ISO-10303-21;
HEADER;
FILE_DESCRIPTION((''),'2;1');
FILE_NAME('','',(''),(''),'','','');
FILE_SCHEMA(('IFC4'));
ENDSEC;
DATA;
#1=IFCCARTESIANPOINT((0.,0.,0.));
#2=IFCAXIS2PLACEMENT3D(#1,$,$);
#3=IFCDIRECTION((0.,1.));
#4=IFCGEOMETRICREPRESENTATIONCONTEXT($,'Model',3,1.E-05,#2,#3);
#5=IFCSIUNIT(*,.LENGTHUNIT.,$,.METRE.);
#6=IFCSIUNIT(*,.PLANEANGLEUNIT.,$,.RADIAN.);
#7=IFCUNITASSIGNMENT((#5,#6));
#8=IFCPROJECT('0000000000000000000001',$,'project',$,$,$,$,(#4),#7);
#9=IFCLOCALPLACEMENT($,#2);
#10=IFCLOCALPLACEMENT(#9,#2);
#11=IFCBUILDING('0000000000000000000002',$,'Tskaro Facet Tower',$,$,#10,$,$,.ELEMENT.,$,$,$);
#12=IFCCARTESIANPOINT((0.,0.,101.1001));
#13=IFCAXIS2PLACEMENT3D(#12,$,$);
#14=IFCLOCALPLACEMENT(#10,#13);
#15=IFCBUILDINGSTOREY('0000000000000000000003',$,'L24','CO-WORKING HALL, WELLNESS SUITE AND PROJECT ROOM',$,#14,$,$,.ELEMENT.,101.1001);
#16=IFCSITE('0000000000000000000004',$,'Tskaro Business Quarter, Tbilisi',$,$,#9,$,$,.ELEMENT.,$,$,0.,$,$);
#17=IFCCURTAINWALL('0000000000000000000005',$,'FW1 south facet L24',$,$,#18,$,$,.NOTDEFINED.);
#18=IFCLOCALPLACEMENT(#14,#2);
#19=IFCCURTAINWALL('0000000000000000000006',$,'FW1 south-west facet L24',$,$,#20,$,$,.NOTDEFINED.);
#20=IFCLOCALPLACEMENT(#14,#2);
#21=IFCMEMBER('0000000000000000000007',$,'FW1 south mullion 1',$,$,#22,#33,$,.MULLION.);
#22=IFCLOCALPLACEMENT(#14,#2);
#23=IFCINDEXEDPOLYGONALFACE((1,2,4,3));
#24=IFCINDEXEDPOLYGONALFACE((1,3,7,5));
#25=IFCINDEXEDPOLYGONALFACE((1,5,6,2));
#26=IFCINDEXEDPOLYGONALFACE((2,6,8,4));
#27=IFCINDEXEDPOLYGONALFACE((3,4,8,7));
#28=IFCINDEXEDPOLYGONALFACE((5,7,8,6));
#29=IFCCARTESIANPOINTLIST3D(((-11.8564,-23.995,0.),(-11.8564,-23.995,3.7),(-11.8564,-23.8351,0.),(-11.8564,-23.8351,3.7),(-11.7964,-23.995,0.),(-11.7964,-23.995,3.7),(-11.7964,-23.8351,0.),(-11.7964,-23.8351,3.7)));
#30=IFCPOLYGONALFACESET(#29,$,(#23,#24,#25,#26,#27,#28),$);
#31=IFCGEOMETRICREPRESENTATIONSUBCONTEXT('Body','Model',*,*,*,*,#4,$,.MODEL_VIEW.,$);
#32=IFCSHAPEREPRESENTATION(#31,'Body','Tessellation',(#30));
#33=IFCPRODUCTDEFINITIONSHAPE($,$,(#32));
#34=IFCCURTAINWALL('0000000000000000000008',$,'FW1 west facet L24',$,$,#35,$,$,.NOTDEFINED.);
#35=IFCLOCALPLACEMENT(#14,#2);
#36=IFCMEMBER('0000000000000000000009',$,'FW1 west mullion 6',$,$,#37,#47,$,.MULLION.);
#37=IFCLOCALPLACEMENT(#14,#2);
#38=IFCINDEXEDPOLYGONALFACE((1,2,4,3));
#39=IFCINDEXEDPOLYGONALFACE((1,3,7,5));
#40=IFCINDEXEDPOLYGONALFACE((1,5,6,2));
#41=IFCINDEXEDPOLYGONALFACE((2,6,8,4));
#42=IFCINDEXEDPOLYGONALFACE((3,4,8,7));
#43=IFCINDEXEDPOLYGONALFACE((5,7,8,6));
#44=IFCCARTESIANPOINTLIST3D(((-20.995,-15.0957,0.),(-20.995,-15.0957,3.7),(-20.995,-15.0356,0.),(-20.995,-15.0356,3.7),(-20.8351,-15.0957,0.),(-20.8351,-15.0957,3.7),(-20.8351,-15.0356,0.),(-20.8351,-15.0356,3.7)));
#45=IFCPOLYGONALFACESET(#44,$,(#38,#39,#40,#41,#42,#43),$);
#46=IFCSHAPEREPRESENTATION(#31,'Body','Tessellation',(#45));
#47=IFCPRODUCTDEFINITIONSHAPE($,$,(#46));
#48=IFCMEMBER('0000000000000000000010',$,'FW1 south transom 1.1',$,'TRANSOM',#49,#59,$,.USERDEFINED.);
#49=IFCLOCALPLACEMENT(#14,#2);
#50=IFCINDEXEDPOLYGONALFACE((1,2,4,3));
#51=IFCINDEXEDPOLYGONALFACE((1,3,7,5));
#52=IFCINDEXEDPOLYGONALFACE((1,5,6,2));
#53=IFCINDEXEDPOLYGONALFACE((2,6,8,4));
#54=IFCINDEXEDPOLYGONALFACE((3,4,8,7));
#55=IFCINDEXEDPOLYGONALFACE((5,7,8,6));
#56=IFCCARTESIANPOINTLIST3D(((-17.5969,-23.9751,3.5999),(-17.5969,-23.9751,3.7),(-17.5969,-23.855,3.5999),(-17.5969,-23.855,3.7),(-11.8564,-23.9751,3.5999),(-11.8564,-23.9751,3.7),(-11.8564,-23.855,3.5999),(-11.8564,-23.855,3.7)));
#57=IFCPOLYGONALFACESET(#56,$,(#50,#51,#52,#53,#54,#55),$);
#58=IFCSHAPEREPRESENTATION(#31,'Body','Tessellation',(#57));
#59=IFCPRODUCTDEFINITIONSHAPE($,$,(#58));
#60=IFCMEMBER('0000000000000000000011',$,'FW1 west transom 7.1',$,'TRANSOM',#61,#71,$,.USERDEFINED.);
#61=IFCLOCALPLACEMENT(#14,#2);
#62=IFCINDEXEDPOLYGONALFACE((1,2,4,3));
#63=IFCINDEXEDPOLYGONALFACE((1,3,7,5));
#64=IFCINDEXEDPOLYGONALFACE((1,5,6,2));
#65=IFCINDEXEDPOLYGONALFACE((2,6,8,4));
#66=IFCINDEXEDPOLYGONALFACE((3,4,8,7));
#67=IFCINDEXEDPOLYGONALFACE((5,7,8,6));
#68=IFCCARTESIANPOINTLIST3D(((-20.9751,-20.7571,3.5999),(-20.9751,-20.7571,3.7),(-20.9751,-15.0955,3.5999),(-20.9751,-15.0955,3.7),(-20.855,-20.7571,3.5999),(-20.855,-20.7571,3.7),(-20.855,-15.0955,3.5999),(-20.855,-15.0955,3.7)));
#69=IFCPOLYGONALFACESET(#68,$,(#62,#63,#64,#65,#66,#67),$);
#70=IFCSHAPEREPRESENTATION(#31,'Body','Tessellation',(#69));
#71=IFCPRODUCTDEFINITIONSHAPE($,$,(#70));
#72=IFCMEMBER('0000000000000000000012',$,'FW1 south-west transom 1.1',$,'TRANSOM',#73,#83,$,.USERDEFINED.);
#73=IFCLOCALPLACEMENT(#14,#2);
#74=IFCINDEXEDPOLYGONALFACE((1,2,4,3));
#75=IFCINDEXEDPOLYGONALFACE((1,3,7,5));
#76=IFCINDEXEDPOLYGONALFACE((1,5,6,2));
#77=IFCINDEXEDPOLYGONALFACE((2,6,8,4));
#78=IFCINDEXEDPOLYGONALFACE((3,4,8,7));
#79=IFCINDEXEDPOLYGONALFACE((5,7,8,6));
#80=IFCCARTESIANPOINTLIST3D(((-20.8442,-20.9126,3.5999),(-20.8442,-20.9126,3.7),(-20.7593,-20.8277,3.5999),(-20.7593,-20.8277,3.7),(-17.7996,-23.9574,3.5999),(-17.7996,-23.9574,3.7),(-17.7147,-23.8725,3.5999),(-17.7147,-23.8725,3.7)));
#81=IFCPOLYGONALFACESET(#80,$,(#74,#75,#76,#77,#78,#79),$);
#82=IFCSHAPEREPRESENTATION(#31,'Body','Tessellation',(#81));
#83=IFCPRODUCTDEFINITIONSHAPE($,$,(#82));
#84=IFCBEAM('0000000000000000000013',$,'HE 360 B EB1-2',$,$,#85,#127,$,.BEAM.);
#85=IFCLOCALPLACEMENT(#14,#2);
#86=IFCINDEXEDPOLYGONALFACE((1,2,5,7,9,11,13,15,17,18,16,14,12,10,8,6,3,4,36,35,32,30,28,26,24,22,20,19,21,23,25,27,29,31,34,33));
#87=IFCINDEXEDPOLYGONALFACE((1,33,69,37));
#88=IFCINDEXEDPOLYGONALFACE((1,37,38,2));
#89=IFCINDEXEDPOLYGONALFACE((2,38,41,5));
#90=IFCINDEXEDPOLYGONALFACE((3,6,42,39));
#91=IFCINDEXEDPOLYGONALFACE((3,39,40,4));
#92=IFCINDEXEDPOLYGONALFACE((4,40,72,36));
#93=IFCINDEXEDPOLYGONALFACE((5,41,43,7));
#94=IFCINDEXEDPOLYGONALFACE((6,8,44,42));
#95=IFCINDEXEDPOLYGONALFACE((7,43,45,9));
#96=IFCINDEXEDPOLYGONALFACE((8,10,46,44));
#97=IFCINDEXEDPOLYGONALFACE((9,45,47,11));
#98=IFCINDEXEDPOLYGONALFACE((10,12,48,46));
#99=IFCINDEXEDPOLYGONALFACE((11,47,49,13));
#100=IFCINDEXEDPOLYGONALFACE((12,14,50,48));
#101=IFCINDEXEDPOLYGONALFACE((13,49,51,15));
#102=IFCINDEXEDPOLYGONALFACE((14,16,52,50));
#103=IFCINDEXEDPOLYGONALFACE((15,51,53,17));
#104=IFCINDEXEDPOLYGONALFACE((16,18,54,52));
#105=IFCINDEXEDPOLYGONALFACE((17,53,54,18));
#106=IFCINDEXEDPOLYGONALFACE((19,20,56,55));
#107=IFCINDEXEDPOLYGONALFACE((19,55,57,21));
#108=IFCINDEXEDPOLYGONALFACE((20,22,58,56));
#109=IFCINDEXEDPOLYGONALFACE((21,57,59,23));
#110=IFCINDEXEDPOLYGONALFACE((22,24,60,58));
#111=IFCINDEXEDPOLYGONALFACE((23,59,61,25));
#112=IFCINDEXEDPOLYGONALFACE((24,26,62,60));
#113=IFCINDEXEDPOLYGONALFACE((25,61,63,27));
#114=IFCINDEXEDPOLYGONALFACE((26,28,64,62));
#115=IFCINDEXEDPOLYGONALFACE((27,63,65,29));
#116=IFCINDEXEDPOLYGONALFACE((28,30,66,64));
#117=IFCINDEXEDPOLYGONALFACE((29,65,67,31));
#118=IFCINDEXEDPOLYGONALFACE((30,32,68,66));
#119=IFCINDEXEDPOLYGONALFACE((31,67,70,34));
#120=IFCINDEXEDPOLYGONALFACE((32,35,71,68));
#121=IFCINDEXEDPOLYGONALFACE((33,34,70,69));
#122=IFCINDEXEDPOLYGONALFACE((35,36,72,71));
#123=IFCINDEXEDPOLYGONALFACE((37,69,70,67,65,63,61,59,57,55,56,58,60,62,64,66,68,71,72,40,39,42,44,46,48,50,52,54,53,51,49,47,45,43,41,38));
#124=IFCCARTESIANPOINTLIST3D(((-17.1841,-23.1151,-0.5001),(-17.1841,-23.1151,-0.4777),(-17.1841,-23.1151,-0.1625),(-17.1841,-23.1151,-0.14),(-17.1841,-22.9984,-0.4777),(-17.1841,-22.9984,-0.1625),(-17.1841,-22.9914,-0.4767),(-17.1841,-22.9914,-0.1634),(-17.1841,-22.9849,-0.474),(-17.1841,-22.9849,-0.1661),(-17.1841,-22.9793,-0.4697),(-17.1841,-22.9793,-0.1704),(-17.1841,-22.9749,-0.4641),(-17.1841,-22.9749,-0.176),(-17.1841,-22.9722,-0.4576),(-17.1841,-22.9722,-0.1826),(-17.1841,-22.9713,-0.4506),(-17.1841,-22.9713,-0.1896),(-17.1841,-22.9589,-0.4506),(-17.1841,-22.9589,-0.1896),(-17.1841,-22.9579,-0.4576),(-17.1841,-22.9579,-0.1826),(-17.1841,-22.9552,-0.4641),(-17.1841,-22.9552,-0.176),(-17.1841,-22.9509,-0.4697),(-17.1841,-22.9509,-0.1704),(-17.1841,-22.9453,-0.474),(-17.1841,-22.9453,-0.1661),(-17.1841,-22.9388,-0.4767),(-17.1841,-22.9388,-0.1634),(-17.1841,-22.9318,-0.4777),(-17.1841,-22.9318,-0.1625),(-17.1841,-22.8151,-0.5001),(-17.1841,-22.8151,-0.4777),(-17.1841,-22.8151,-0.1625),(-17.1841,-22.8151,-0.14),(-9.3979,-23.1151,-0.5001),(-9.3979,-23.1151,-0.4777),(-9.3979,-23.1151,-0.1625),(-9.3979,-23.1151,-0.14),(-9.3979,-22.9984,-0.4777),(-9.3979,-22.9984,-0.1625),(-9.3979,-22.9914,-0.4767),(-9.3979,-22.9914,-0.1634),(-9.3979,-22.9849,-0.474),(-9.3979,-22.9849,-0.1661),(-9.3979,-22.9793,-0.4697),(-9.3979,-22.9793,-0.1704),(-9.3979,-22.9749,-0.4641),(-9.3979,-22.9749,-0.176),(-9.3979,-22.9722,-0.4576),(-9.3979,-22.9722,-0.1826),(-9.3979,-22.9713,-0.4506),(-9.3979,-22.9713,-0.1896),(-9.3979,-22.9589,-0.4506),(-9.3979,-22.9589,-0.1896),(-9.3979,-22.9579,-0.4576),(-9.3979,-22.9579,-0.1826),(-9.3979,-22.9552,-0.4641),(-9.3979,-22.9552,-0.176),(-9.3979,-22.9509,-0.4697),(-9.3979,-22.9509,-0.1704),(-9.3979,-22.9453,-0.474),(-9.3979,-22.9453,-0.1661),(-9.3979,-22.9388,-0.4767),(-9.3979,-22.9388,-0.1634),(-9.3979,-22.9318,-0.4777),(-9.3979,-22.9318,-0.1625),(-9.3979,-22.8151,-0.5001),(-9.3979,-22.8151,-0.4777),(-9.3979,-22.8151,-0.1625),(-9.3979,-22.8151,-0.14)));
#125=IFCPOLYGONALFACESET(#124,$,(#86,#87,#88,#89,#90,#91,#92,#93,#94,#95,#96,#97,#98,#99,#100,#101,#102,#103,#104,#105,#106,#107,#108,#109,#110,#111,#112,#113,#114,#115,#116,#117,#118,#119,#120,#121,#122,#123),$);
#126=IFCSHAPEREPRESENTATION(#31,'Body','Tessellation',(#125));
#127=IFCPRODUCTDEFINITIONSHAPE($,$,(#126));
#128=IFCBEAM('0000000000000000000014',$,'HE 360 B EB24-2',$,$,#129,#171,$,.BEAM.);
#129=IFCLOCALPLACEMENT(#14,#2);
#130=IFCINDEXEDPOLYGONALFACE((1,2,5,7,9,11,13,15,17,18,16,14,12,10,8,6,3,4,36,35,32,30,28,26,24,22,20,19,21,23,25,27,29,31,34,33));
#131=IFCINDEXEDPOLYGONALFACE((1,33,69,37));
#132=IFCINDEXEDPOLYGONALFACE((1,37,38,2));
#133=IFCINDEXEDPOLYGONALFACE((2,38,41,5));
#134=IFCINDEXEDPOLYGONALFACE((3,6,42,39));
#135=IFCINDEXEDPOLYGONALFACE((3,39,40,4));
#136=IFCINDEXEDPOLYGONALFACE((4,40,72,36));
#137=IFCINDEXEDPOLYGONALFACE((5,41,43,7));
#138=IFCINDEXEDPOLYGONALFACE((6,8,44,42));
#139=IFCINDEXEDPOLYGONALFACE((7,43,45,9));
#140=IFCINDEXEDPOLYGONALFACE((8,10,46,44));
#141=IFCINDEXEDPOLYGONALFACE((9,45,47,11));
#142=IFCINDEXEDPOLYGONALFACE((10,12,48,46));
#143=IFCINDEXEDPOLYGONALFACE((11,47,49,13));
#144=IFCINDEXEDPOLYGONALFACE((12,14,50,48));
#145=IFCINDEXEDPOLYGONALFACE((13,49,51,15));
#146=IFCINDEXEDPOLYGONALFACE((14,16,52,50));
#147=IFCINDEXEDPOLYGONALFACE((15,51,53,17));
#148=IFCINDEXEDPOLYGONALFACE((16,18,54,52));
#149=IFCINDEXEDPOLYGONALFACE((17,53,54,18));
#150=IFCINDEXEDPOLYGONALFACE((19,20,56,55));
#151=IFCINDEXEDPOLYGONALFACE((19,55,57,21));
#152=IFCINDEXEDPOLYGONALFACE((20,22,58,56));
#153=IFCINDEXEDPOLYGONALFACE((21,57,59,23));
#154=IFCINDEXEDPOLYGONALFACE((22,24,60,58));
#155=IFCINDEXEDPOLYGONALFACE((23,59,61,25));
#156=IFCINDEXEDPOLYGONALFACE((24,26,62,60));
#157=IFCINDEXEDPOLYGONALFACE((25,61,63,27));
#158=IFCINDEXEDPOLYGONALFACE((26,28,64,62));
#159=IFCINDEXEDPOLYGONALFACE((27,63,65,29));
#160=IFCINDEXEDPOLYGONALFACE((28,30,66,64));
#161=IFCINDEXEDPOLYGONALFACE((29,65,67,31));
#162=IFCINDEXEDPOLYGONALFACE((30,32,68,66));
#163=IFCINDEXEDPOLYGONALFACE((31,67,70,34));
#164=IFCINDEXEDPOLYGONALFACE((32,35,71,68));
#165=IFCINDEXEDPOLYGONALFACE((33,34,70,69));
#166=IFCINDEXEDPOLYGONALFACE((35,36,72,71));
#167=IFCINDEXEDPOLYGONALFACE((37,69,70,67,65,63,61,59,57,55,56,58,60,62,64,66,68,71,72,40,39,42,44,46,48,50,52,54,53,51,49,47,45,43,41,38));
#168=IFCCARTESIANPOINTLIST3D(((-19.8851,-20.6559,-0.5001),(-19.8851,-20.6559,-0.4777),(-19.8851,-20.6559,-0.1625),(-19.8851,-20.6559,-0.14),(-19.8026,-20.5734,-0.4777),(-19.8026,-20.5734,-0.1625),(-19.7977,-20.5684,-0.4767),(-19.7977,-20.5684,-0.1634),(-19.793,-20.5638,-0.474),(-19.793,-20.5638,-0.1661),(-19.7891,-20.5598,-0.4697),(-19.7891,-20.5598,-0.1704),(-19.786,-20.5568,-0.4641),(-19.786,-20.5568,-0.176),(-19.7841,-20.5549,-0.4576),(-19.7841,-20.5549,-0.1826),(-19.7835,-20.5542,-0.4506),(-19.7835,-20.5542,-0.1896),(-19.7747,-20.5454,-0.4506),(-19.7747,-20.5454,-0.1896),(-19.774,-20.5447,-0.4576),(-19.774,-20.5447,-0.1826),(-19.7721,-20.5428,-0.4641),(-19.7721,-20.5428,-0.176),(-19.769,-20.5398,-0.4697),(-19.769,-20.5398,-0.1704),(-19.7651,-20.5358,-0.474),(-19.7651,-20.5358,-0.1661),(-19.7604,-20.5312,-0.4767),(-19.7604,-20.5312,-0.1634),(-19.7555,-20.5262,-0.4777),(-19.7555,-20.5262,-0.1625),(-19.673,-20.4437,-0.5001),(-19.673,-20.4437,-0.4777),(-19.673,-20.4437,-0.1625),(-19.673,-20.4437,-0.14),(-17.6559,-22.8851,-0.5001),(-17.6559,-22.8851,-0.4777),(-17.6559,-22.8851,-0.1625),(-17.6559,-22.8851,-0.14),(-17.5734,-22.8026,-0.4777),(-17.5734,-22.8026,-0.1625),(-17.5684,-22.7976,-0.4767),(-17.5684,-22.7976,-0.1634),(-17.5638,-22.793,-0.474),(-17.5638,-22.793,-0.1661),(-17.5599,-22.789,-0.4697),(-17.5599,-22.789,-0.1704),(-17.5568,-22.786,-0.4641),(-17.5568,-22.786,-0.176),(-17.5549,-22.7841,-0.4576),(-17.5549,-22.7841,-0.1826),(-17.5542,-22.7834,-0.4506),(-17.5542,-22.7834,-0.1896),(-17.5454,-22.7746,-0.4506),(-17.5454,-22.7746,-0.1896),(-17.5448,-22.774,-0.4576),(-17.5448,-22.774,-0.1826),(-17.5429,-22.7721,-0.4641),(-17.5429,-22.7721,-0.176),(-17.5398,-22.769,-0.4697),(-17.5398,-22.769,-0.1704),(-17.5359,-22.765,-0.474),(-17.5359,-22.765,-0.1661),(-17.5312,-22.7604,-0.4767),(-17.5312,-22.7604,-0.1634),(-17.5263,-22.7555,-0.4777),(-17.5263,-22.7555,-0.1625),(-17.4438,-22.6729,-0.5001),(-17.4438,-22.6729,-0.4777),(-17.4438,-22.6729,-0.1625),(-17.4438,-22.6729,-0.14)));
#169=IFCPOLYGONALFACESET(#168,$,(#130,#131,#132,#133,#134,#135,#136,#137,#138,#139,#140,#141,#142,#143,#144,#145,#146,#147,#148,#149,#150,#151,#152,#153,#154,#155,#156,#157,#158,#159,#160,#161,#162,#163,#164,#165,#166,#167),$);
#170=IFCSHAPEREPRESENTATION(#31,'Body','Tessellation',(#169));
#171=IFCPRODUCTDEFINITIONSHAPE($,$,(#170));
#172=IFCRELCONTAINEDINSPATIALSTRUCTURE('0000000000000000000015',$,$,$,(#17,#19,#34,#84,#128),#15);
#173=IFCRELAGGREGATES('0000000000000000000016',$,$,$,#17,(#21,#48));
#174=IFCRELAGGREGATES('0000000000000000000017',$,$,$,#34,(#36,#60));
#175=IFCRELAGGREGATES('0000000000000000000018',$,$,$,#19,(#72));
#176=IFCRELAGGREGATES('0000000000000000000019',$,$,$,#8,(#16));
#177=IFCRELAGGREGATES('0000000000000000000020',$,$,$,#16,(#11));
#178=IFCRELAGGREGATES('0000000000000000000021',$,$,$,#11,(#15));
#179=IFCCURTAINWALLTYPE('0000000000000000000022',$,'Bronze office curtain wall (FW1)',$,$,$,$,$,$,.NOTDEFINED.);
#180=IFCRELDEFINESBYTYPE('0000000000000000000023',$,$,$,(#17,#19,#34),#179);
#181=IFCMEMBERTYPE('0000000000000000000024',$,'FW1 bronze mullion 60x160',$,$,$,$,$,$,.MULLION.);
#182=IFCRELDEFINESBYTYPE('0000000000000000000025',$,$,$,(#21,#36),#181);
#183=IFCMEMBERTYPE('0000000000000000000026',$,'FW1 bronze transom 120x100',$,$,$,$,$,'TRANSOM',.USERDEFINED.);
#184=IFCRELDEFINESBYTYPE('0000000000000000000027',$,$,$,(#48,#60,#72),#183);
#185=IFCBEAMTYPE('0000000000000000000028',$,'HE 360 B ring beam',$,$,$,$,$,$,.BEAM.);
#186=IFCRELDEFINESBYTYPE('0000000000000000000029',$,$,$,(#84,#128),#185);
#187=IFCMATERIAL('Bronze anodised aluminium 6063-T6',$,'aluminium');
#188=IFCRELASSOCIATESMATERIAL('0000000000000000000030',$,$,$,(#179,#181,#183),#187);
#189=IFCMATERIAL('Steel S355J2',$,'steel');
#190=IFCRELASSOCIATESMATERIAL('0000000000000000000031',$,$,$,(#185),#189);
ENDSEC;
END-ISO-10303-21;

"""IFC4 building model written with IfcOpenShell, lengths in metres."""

from ifc_helpers import new_model, si_unit, direction, frame, origin, origin_2d, place, context, subcontext, project, spatial, rectangle, i_section, extrude, material, material_profile, profile_set, type_object, element, aggregate, save


model = new_model("IFC4")

# Units and contexts
model_context = context("Model", 3, precision=1e-05, world=origin(), true_north=direction((0.0, 1.0)))
body_context = subcontext(model_context, "Body", "Model", "MODEL_VIEW")
ifc_project = project(units=[si_unit("LENGTHUNIT", "METRE"), si_unit("PLANEANGLEUNIT", "RADIAN")], contexts=[model_context])

# Site, building, storey
site_placement = place(None, origin())
site = spatial("IfcSite", under=ifc_project, at=site_placement, Name="Tskaro Business Quarter, Tbilisi", CompositionType="ELEMENT", RefElevation=0.0)
building_placement = place(site_placement, origin())
building = spatial("IfcBuilding", under=site, at=building_placement, Name="Tskaro Facet Tower", CompositionType="ELEMENT")
storey_placement = place(building_placement, frame((0.0, 0.0, 101.1001)))
storey = spatial("IfcBuildingStorey", under=building, at=storey_placement, Name="L24", Description="CO-WORKING HALL, WELLNESS SUITE AND PROJECT ROOM", CompositionType="ELEMENT", Elevation=101.1001)

# Curtain walls
ifc_material_1 = material(Name="Bronze anodised aluminium 6063-T6", Category="aluminium")
curtain_wall_type = type_object("IfcCurtainWallType", Name="Bronze office curtain wall (FW1)", PredefinedType="NOTDEFINED", material=ifc_material_1)
curtain_wall_1_placement = place(storey_placement, origin())
curtain_wall_1 = element("IfcCurtainWall", 1, at=curtain_wall_1_placement, inside=storey, type_object=curtain_wall_type, Name="FW1 south facet L24", PredefinedType="NOTDEFINED")
curtain_wall_2_placement = place(storey_placement, origin())
curtain_wall_2 = element("IfcCurtainWall", 2, at=curtain_wall_2_placement, inside=storey, type_object=curtain_wall_type, Name="FW1 south-west facet L24", PredefinedType="NOTDEFINED")

# Member
ifc_material_profile_1 = material_profile(ifc_material_1, rectangle(XDim=0.0601, YDim=0.1599, at=origin_2d()), Name="Mullion 60x160")
ifc_profile_set_1 = profile_set([ifc_material_profile_1], Name="Bronze anodised aluminium 6063-T6")
member_type_1 = type_object("IfcMemberType", Name="FW1 bronze mullion 60x160", PredefinedType="MULLION", material=ifc_profile_set_1)
member_1_placement = place(storey_placement, frame((-11.8264, -23.915, 0.0), z_axis=(0.0, 0.0, 1.0), x_axis=(1.0, 0.0, 0.0)))
member_1 = element("IfcMember", 3, at=member_1_placement, type_object=member_type_1, Name="FW1 south mullion 1", PredefinedType="MULLION", context=body_context, shape_type="SweptSolid", body=[
    extrude(rectangle(XDim=0.0601, YDim=0.1599, at=origin_2d()), origin(), (0.0, 0.0, 1.0), 3.7),
])

# Curtain wall, member
curtain_wall_3_placement = place(storey_placement, origin())
curtain_wall_3 = element("IfcCurtainWall", 4, at=curtain_wall_3_placement, inside=storey, type_object=curtain_wall_type, Name="FW1 west facet L24", PredefinedType="NOTDEFINED")
member_2_placement = place(storey_placement, frame((-20.915, -15.0657, 0.0), z_axis=(0.0, 0.0, 1.0), x_axis=(0.0, -1.0, 0.0)))
member_2 = element("IfcMember", 5, at=member_2_placement, type_object=member_type_1, Name="FW1 west mullion 6", PredefinedType="MULLION", context=body_context, shape_type="SweptSolid", body=[
    extrude(rectangle(XDim=0.0601, YDim=0.1599, at=origin_2d()), origin(), (0.0, 0.0, 1.0), 3.7),
])

# Members
ifc_material_profile_2 = material_profile(ifc_material_1, rectangle(XDim=0.1201, YDim=0.1001, at=origin_2d()), Name="Transom 120x100")
ifc_profile_set_2 = profile_set([ifc_material_profile_2], Name="Bronze anodised aluminium 6063-T6")
member_type_2 = type_object("IfcMemberType", Name="FW1 bronze transom 120x100", ElementType="TRANSOM", PredefinedType="USERDEFINED", material=ifc_profile_set_2)
member_3_placement = place(storey_placement, frame((-17.5969, -23.915, 3.6499), z_axis=(1.0, 0.0, 0.0), x_axis=(0.0, 1.0, 0.0)))
member_3 = element("IfcMember", 6, at=member_3_placement, type_object=member_type_2, Name="FW1 south transom 1.1", ObjectType="TRANSOM", PredefinedType="USERDEFINED", context=body_context, shape_type="SweptSolid", body=[
    extrude(rectangle(XDim=0.1201, YDim=0.1001, at=origin_2d()), origin(), (0.0, 0.0, 1.0), 5.7405),
])
member_4_placement = place(storey_placement, frame((-20.915, -15.0955, 3.6499), z_axis=(0.0, -1.0, 0.0), x_axis=(1.0, 0.0, 0.0)))
member_4 = element("IfcMember", 7, at=member_4_placement, type_object=member_type_2, Name="FW1 west transom 7.1", ObjectType="TRANSOM", PredefinedType="USERDEFINED", context=body_context, shape_type="SweptSolid", body=[
    extrude(rectangle(XDim=0.1201, YDim=0.1001, at=origin_2d()), origin(), (0.0, 0.0, 1.0), 5.6616),
])
member_5_placement = place(storey_placement, frame((-20.8018, -20.8701, 3.6499), z_axis=(0.707078, -0.707135, 0.0), x_axis=(0.707135, 0.707078, 0.0)))
member_5 = element("IfcMember", 8, at=member_5_placement, type_object=member_type_2, Name="FW1 south-west transom 1.1", ObjectType="TRANSOM", PredefinedType="USERDEFINED", context=body_context, shape_type="SweptSolid", body=[
    extrude(rectangle(XDim=0.1201, YDim=0.1001, at=origin_2d()), origin(), (0.0, 0.0, 1.0), 4.3059),
])

# Beams
ifc_material_2 = material(Name="Steel S355J2", Category="steel")
ifc_material_profile_3 = material_profile(ifc_material_2, i_section(OverallWidth=0.3, OverallDepth=0.3601, WebThickness=0.0125, FlangeThickness=0.0225, FilletRadius=0.0271, at=origin_2d()), Name="HE 360 B")
ifc_profile_set_3 = profile_set([ifc_material_profile_3], Name="Steel S355J2")
beam_type_1 = type_object("IfcBeamType", Name="HE 360 B ring beam", PredefinedType="BEAM", material=ifc_profile_set_3)
beam_1_placement = place(storey_placement, frame((-17.1841, -22.9651, -0.3201), z_axis=(1.0, 0.0, 0.0), x_axis=(0.0, 1.0, 0.0)))
element("IfcBeam", 9, at=beam_1_placement, inside=storey, type_object=beam_type_1, Name="HE 360 B EB1-2", PredefinedType="BEAM", context=body_context, shape_type="SweptSolid", body=[
    extrude(i_section(OverallWidth=0.3, OverallDepth=0.3601, WebThickness=0.0125, FlangeThickness=0.0225, FilletRadius=0.0271, at=origin_2d()), origin(), (0.0, 0.0, 1.0), 7.7861),
])
beam_2_placement = place(storey_placement, frame((-19.7791, -20.5498, -0.3201), z_axis=(0.707107, -0.707107, 0.0), x_axis=(0.707107, 0.707107, 0.0)))
element("IfcBeam", 10, at=beam_2_placement, inside=storey, type_object=beam_type_1, Name="HE 360 B EB24-2", PredefinedType="BEAM", context=body_context, shape_type="SweptSolid", body=[
    extrude(i_section(OverallWidth=0.3, OverallDepth=0.3601, WebThickness=0.0125, FlangeThickness=0.0225, FilletRadius=0.0271, at=origin_2d()), origin(), (0.0, 0.0, 1.0), 3.1526),
])

aggregate(curtain_wall_1, [member_1, member_3])
aggregate(curtain_wall_3, [member_2, member_4])
aggregate(curtain_wall_2, [member_5])

save(model, "model.ifc")
